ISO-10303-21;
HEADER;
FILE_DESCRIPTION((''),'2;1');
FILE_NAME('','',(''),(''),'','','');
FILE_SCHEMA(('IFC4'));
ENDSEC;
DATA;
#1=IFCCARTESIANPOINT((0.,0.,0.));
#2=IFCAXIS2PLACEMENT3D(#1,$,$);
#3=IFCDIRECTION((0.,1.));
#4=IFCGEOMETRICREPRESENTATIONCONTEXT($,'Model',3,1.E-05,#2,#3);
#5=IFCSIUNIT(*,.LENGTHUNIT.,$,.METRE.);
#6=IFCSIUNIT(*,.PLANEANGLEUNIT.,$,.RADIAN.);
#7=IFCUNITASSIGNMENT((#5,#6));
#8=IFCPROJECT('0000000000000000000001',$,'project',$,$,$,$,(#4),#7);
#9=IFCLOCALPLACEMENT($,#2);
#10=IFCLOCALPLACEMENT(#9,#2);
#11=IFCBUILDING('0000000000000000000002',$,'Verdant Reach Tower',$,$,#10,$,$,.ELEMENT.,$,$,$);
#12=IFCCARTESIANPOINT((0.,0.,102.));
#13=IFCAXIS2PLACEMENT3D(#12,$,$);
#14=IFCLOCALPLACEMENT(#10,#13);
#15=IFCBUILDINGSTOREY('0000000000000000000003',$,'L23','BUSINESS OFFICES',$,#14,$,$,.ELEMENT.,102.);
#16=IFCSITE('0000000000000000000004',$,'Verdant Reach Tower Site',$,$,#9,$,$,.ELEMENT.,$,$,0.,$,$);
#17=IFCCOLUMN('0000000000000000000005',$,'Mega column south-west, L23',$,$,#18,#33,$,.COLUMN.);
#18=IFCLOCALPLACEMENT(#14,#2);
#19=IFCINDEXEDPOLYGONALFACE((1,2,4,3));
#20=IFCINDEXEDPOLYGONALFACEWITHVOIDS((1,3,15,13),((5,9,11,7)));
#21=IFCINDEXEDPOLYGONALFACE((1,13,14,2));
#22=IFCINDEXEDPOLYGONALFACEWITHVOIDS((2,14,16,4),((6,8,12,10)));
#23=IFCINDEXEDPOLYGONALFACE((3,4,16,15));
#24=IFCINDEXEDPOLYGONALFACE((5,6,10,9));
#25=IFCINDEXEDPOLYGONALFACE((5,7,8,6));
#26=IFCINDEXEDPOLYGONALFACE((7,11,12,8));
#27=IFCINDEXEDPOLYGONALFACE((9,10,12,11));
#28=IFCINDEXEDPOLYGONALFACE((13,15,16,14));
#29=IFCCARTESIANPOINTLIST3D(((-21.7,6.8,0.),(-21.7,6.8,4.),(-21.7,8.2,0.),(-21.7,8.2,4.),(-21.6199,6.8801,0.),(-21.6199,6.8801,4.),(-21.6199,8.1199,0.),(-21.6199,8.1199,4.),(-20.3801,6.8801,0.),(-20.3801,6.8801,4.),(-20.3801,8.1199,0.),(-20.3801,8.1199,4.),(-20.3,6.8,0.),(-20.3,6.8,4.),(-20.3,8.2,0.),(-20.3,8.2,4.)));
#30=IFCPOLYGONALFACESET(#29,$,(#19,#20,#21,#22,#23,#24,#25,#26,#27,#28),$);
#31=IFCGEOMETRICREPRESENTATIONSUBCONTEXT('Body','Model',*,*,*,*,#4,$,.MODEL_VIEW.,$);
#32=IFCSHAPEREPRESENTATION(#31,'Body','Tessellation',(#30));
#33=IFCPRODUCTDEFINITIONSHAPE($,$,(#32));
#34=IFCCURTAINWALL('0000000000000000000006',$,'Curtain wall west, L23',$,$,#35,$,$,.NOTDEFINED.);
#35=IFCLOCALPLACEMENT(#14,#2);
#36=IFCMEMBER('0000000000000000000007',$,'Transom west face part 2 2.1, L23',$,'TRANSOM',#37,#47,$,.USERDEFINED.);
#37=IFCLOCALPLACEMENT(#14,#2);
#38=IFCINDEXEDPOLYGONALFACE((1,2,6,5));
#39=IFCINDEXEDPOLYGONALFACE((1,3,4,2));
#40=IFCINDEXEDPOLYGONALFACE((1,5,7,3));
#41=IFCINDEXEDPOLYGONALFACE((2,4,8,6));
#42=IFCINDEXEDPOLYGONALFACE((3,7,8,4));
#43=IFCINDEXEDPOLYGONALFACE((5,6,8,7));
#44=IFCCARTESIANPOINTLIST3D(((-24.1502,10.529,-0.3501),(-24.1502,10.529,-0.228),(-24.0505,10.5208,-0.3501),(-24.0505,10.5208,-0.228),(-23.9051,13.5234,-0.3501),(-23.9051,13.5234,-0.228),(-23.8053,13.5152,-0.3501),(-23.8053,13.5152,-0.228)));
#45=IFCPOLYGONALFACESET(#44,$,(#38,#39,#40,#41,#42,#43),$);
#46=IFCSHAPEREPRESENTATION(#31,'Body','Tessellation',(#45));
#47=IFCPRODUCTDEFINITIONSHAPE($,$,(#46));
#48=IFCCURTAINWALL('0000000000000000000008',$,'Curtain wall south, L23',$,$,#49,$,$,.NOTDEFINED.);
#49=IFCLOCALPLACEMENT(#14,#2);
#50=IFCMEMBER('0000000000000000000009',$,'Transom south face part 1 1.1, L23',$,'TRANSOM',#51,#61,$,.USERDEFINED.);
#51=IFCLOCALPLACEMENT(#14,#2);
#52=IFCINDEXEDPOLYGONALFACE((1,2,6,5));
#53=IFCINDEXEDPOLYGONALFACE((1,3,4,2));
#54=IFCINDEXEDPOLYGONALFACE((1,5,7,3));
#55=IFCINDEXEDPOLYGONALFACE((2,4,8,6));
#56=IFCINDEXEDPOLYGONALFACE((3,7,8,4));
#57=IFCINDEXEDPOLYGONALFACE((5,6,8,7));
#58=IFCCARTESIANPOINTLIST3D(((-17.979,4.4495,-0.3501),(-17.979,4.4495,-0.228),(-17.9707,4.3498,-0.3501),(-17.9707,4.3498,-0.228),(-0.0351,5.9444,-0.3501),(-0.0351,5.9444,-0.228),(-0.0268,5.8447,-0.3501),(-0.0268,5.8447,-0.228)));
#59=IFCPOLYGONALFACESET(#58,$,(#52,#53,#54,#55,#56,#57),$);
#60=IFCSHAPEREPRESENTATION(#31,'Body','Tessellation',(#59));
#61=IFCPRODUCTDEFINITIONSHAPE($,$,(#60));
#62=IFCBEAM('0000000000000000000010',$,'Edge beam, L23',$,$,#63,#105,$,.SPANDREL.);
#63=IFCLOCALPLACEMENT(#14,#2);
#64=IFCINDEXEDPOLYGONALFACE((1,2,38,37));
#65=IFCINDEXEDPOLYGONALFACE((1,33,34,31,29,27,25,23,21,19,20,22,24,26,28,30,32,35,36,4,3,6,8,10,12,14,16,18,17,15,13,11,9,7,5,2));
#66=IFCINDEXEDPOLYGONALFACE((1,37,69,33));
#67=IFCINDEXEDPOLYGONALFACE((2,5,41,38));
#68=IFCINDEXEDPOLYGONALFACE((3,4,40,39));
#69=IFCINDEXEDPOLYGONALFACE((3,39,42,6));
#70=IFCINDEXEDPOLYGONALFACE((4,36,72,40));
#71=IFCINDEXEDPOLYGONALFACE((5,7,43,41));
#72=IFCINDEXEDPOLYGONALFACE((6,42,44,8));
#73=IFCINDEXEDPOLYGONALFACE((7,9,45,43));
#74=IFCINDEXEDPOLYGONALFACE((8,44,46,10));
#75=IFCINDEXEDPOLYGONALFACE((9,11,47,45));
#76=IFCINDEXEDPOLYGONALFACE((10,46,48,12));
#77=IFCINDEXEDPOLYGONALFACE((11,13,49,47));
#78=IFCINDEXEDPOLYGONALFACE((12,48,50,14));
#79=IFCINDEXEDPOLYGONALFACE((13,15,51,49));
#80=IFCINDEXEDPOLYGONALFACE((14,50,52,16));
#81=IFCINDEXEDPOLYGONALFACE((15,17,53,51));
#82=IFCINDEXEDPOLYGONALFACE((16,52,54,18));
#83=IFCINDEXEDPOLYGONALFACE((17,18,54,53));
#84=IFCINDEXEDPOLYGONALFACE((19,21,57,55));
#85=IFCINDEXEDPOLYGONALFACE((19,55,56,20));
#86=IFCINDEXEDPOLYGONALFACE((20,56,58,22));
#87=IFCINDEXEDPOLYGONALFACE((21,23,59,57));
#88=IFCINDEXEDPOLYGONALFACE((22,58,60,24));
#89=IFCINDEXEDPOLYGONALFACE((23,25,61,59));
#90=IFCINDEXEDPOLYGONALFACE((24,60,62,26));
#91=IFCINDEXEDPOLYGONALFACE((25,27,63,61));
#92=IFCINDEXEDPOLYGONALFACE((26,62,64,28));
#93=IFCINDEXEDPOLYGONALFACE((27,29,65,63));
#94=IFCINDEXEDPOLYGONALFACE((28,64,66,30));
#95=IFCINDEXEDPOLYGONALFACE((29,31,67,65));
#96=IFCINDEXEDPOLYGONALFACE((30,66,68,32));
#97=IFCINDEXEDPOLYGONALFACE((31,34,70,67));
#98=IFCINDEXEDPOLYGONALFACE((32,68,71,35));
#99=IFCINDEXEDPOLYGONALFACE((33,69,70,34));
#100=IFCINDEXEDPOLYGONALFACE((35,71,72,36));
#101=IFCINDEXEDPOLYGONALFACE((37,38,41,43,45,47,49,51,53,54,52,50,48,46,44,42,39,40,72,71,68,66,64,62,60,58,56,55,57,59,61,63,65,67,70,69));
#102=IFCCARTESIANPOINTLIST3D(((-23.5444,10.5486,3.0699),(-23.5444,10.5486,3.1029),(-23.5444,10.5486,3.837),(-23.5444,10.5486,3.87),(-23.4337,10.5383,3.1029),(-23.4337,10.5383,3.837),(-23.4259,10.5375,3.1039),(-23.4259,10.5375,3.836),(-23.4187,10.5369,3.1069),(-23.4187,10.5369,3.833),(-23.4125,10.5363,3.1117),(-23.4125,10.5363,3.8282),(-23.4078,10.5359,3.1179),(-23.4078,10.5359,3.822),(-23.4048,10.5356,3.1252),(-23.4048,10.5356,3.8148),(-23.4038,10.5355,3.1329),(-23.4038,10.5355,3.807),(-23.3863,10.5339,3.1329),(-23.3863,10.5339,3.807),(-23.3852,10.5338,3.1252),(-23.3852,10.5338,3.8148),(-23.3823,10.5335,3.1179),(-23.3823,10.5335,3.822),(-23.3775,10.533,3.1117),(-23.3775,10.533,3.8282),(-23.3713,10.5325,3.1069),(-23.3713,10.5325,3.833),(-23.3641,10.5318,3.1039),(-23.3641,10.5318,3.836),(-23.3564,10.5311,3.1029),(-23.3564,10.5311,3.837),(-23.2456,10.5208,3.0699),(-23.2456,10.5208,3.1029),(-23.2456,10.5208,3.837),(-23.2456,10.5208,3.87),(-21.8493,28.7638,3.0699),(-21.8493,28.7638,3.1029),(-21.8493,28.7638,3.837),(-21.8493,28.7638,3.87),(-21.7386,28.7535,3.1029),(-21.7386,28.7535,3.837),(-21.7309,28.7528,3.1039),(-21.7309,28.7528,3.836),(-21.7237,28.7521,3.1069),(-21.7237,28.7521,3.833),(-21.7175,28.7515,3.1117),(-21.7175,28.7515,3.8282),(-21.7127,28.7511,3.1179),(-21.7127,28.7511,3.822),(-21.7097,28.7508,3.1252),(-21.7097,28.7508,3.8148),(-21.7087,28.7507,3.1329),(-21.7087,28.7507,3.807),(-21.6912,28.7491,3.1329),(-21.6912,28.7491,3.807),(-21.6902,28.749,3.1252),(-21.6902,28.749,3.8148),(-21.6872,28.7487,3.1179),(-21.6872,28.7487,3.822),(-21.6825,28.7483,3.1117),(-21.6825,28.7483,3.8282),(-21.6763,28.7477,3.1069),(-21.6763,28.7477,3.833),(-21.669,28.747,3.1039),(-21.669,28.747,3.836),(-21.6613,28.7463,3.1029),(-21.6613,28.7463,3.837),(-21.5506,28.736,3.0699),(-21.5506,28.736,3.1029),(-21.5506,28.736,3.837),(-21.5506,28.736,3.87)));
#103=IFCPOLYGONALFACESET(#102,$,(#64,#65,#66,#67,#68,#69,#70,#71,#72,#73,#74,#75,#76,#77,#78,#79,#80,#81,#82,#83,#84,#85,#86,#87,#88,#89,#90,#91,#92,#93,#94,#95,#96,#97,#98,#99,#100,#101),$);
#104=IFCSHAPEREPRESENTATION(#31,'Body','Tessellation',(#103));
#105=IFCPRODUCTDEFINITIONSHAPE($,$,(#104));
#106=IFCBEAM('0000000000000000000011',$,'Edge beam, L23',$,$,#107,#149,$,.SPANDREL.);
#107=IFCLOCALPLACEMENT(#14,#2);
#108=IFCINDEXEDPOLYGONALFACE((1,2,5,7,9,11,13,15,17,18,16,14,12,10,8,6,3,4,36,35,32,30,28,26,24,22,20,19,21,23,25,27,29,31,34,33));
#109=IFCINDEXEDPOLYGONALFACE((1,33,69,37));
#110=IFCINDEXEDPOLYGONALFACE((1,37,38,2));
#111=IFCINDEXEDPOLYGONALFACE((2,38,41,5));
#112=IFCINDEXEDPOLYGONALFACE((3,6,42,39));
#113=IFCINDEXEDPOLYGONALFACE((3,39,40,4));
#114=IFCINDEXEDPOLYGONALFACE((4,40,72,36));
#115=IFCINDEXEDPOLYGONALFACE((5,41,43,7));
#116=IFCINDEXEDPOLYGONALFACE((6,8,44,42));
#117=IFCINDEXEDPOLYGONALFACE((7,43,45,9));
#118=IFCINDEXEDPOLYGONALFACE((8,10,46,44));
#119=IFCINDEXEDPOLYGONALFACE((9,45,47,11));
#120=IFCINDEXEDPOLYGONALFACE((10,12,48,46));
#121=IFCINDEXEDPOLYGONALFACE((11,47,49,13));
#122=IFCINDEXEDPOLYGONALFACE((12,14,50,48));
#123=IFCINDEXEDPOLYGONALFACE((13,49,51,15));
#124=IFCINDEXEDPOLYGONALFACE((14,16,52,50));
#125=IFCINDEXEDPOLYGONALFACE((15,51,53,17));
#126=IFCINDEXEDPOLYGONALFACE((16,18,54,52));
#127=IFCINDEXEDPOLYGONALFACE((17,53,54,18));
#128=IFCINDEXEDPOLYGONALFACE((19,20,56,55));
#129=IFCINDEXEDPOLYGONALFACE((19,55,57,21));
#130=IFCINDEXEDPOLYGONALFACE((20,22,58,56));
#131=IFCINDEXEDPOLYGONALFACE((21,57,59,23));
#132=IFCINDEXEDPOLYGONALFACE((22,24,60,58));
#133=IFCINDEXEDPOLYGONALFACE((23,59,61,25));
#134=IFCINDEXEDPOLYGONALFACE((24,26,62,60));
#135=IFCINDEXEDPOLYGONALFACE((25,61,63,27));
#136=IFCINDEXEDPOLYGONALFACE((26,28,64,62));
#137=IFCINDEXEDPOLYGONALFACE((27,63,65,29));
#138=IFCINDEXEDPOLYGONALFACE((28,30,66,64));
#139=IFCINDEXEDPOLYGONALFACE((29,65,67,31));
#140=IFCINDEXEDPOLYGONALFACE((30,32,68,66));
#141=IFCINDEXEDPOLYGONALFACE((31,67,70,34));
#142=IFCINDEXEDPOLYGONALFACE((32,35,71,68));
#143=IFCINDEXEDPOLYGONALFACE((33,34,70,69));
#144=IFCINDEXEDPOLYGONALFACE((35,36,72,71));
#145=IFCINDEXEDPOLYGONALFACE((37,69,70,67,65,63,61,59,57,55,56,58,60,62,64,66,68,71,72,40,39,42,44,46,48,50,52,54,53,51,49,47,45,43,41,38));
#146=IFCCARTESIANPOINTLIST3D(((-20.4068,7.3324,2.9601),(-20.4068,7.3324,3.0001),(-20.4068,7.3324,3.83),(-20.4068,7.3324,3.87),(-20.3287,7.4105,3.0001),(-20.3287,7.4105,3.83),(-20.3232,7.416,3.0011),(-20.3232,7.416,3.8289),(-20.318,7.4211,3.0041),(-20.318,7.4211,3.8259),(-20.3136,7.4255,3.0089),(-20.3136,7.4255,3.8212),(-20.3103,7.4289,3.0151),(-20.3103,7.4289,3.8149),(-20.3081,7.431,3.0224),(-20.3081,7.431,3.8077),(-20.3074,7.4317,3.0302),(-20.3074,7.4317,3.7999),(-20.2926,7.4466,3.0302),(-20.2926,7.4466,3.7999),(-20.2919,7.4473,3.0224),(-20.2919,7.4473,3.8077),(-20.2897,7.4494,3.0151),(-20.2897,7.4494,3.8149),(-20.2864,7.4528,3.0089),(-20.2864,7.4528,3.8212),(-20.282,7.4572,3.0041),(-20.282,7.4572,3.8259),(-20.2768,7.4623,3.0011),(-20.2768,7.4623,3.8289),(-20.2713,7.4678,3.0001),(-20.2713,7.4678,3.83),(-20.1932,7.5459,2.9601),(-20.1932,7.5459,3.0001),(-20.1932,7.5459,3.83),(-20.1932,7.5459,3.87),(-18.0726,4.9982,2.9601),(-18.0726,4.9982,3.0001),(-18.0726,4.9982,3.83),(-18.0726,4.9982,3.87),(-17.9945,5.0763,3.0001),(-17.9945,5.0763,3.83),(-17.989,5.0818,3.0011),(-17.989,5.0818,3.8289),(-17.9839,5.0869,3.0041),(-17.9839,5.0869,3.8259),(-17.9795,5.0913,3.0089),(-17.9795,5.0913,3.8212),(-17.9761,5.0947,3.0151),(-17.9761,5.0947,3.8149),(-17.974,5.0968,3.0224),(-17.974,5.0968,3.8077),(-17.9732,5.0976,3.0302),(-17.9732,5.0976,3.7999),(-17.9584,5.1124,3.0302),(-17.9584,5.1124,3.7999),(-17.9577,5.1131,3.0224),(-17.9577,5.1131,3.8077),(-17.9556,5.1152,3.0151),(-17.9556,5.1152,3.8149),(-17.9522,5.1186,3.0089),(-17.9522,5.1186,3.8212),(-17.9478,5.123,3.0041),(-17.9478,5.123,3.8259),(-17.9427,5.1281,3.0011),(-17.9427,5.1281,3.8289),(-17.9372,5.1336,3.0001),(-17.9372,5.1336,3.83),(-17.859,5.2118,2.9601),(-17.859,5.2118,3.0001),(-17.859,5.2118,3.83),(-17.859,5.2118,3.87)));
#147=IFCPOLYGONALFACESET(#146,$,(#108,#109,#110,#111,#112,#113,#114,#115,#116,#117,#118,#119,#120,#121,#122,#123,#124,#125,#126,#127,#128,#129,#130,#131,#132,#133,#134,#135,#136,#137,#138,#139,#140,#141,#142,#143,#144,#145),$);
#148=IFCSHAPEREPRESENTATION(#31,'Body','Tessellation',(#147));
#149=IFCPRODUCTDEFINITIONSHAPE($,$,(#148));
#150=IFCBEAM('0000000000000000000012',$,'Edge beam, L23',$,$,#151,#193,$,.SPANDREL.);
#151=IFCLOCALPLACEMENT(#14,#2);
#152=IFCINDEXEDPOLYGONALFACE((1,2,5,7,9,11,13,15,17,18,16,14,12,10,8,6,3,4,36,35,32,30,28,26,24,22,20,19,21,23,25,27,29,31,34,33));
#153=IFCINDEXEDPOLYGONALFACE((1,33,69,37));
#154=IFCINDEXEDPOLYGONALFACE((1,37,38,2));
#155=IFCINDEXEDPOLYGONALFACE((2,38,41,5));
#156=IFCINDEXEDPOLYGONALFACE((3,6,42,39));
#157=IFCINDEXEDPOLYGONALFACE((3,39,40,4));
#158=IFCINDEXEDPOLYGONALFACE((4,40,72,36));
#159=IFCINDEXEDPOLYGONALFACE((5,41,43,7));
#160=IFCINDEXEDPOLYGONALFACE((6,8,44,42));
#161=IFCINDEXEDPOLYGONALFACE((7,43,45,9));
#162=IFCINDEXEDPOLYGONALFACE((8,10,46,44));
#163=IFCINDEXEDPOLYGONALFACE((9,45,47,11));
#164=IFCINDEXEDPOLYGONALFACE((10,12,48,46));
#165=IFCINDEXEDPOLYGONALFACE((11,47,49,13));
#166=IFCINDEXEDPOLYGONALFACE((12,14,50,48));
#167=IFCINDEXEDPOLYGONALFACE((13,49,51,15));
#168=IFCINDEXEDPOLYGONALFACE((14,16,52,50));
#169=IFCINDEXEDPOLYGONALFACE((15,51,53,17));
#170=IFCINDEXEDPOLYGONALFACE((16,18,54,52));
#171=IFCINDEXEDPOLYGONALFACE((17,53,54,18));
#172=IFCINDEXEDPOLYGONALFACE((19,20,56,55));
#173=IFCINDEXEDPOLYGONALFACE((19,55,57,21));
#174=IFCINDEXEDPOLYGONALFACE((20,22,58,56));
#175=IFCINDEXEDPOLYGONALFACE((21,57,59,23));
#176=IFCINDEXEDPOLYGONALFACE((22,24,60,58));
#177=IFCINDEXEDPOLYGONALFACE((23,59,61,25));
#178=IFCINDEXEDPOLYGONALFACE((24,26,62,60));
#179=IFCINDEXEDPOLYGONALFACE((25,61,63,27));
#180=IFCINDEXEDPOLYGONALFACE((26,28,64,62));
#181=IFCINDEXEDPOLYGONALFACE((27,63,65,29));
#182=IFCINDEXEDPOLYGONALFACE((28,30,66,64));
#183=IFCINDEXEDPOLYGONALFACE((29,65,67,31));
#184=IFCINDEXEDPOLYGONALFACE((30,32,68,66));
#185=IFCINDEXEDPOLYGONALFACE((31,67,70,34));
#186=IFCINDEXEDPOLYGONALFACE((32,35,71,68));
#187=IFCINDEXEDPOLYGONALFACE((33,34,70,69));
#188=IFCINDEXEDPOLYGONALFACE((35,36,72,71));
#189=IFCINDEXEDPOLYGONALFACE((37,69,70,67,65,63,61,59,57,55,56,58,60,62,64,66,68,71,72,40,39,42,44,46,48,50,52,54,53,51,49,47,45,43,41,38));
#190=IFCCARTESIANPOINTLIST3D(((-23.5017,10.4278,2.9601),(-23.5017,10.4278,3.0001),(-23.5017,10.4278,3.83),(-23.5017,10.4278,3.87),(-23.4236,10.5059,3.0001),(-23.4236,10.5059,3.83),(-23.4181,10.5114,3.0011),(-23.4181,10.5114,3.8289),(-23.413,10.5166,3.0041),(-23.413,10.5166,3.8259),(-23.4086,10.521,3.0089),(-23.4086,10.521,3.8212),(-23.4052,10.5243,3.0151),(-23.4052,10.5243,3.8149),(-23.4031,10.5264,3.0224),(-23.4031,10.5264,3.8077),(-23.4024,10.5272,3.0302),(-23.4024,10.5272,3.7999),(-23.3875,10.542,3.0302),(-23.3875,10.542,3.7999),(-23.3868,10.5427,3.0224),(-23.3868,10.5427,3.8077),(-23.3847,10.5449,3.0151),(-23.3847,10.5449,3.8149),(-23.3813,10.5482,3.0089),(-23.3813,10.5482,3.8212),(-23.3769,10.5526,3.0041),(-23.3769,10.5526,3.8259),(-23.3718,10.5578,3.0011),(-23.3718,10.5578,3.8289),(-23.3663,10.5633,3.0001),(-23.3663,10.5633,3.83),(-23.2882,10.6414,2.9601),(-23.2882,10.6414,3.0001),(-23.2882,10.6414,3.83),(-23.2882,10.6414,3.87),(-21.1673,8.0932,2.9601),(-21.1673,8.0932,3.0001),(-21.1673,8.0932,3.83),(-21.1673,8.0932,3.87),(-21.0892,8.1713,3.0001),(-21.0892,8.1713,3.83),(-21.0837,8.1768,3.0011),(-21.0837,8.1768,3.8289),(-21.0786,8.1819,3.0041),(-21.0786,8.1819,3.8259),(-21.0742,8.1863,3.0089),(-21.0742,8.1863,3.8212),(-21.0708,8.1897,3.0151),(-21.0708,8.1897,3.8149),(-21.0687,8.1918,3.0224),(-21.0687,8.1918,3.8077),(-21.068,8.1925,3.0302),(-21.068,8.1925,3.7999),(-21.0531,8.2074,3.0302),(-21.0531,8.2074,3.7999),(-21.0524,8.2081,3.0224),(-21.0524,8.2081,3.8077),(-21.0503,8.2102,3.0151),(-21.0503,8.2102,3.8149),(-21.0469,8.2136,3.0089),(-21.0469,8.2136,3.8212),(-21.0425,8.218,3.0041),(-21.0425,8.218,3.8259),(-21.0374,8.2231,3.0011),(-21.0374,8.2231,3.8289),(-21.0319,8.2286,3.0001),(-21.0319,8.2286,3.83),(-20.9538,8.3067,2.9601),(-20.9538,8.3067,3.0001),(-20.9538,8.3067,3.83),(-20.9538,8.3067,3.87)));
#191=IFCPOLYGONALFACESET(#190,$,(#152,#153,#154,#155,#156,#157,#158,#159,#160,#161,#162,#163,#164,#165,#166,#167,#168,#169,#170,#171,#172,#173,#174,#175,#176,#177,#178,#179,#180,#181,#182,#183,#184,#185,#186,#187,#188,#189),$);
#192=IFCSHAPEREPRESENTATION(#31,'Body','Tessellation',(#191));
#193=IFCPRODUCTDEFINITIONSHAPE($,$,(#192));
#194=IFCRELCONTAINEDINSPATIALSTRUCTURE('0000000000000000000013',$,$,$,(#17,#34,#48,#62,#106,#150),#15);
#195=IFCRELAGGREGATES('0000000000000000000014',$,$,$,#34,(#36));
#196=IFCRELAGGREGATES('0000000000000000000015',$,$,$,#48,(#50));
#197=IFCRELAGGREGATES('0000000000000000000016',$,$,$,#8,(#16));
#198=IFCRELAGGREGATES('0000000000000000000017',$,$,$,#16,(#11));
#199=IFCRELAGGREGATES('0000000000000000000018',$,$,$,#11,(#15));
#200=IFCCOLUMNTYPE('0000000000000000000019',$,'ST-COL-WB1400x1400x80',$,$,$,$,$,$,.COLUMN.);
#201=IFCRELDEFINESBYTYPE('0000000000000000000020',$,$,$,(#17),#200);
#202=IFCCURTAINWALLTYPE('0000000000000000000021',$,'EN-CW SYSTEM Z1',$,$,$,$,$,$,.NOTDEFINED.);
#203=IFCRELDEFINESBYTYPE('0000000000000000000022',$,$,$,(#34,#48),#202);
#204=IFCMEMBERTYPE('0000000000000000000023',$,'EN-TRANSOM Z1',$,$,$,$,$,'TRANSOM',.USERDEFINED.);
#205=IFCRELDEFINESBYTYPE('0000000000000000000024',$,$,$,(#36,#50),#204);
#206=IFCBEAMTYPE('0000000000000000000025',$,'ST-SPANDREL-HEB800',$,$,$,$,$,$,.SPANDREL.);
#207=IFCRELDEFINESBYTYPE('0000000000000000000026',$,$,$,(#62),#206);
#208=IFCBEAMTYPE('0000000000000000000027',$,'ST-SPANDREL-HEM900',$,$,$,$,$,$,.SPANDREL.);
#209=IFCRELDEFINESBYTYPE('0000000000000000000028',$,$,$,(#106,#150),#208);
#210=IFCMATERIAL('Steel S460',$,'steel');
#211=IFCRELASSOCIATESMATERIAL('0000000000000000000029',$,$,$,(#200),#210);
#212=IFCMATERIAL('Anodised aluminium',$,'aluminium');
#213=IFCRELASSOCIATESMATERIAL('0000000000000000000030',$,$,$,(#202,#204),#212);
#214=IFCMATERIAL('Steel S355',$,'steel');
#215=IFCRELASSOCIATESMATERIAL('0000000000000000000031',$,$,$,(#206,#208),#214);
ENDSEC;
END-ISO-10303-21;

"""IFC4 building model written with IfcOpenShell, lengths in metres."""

from ifc_helpers import new_model, si_unit, direction, frame, origin, origin_2d, place, context, subcontext, project, spatial, rectangle, hollow_rectangle, i_section, extrude, material, material_profile, profile_set, type_object, element, aggregate, save


model = new_model("IFC4")

# Units and contexts
model_context = context("Model", 3, precision=1e-05, world=origin(), true_north=direction((0.0, 1.0)))
body_context = subcontext(model_context, "Body", "Model", "MODEL_VIEW")
ifc_project = project(units=[si_unit("LENGTHUNIT", "METRE"), si_unit("PLANEANGLEUNIT", "RADIAN")], contexts=[model_context])

# Site, building, storey
site_placement = place(None, origin())
site = spatial("IfcSite", under=ifc_project, at=site_placement, Name="Verdant Reach Tower Site", CompositionType="ELEMENT", RefElevation=0.0)
building_placement = place(site_placement, origin())
building = spatial("IfcBuilding", under=site, at=building_placement, Name="Verdant Reach Tower", CompositionType="ELEMENT")
storey_placement = place(building_placement, frame((0.0, 0.0, 102.0)))
storey = spatial("IfcBuildingStorey", under=building, at=storey_placement, Name="L23", Description="BUSINESS OFFICES", CompositionType="ELEMENT", Elevation=102.0)

# Column
ifc_material_1 = material(Name="Steel S460", Category="steel")
ifc_material_profile_1 = material_profile(ifc_material_1, hollow_rectangle(XDim=1.3999, YDim=1.3999, WallThickness=0.0801, at=origin_2d()), Name="WB 1400x1400x80")
ifc_profile_set_1 = profile_set([ifc_material_profile_1], Name="Steel S460")
column_type = type_object("IfcColumnType", Name="ST-COL-WB1400x1400x80", PredefinedType="COLUMN", material=ifc_profile_set_1)
column_placement = place(storey_placement, frame((-21.0, 7.5, 0.0), z_axis=(0.0, 0.0, 1.0), x_axis=(1.0, 0.0, 0.0)))
element("IfcColumn", 1, at=column_placement, inside=storey, type_object=column_type, Name="Mega column south-west, L23", PredefinedType="COLUMN", context=body_context, shape_type="SweptSolid", body=[
    extrude(hollow_rectangle(XDim=1.3999, YDim=1.3999, WallThickness=0.0801, at=origin_2d()), origin(), (0.0, 0.0, 1.0), 4.0),
])

# Curtain walls, members
ifc_material_2 = material(Name="Anodised aluminium", Category="aluminium")
curtain_wall_type = type_object("IfcCurtainWallType", Name="EN-CW SYSTEM Z1", PredefinedType="NOTDEFINED", material=ifc_material_2)
curtain_wall_1_placement = place(storey_placement, origin())
curtain_wall_1 = element("IfcCurtainWall", 2, at=curtain_wall_1_placement, inside=storey, type_object=curtain_wall_type, Name="Curtain wall west, L23", PredefinedType="NOTDEFINED")
ifc_material_profile_2 = material_profile(ifc_material_2, rectangle(XDim=0.1001, YDim=0.1221, at=origin_2d()), Name="Transom 122x100")
ifc_profile_set_2 = profile_set([ifc_material_profile_2], Name="Anodised aluminium")
member_type = type_object("IfcMemberType", Name="EN-TRANSOM Z1", ElementType="TRANSOM", PredefinedType="USERDEFINED", material=ifc_profile_set_2)
member_1_placement = place(storey_placement, frame((-23.8552, 13.5193, -0.2891), z_axis=(-0.081586, -0.996666, 0.0), x_axis=(0.996666, -0.081586, 0.0)))
member_1 = element("IfcMember", 3, at=member_1_placement, type_object=member_type, Name="Transom west face part 2 2.1, L23", ObjectType="TRANSOM", PredefinedType="USERDEFINED", context=body_context, shape_type="SweptSolid", body=[
    extrude(rectangle(XDim=0.1001, YDim=0.1221, at=origin_2d()), origin(), (0.0, 0.0, 1.0), 3.0044),
])
curtain_wall_2_placement = place(storey_placement, origin())
curtain_wall_2 = element("IfcCurtainWall", 4, at=curtain_wall_2_placement, inside=storey, type_object=curtain_wall_type, Name="Curtain wall south, L23", PredefinedType="NOTDEFINED")
member_2_placement = place(storey_placement, frame((-17.9749, 4.3997, -0.2891), z_axis=(0.996548, 0.083021, 0.0), x_axis=(-0.083021, 0.996548, 0.0)))
member_2 = element("IfcMember", 5, at=member_2_placement, type_object=member_type, Name="Transom south face part 1 1.1, L23", ObjectType="TRANSOM", PredefinedType="USERDEFINED", context=body_context, shape_type="SweptSolid", body=[
    extrude(rectangle(XDim=0.1001, YDim=0.1221, at=origin_2d()), origin(), (0.0, 0.0, 1.0), 18.0061),
])

# Beams
ifc_material_3 = material(Name="Steel S355", Category="steel")
ifc_material_profile_3 = material_profile(ifc_material_3, i_section(OverallWidth=0.3, OverallDepth=0.8, WebThickness=0.0176, FlangeThickness=0.033, FilletRadius=0.03, at=origin_2d()), Name="HEB 800")
ifc_profile_set_3 = profile_set([ifc_material_profile_3], Name="Steel S355")
beam_type_1 = type_object("IfcBeamType", Name="ST-SPANDREL-HEB800", PredefinedType="SPANDREL", material=ifc_profile_set_3)
beam_1_placement = place(storey_placement, frame((-23.395, 10.5347, 3.47), z_axis=(0.092657, 0.995698, 0.0), x_axis=(-0.995698, 0.092657, 0.0)))
element("IfcBeam", 6, at=beam_1_placement, inside=storey, type_object=beam_type_1, Name="Edge beam, L23", PredefinedType="SPANDREL", context=body_context, shape_type="SweptSolid", body=[
    extrude(i_section(OverallWidth=0.3, OverallDepth=0.8, WebThickness=0.0176, FlangeThickness=0.033, FilletRadius=0.03, at=origin_2d()), origin(), (0.0, 0.0, 1.0), 18.2939),
])
ifc_material_profile_4 = material_profile(ifc_material_3, i_section(OverallWidth=0.302, OverallDepth=0.9099, WebThickness=0.021, FlangeThickness=0.04, FilletRadius=0.03, at=origin_2d()), Name="HEM 900")
ifc_profile_set_4 = profile_set([ifc_material_profile_4], Name="Steel S355")
beam_type_2 = type_object("IfcBeamType", Name="ST-SPANDREL-HEM900", PredefinedType="SPANDREL", material=ifc_profile_set_4)
beam_2_placement = place(storey_placement, frame((-17.9658, 5.105, 3.415), z_axis=(-0.707107, 0.707107, 0.0), x_axis=(-0.707107, -0.707107, 0.0)))
element("IfcBeam", 7, at=beam_2_placement, inside=storey, type_object=beam_type_2, Name="Edge beam, L23", PredefinedType="SPANDREL", context=body_context, shape_type="SweptSolid", body=[
    extrude(i_section(OverallWidth=0.302, OverallDepth=0.9099, WebThickness=0.021, FlangeThickness=0.04, FilletRadius=0.03, at=origin_2d()), origin(), (0.0, 0.0, 1.0), 3.301),
])
beam_3_placement = place(storey_placement, frame((-21.0605, 8.2, 3.415), z_axis=(-0.70707, 0.707144, 0.0), x_axis=(-0.707144, -0.70707, 0.0)))
element("IfcBeam", 8, at=beam_3_placement, inside=storey, type_object=beam_type_2, Name="Edge beam, L23", PredefinedType="SPANDREL", context=body_context, shape_type="SweptSolid", body=[
    extrude(i_section(OverallWidth=0.302, OverallDepth=0.9099, WebThickness=0.021, FlangeThickness=0.04, FilletRadius=0.03, at=origin_2d()), origin(), (0.0, 0.0, 1.0), 3.3015),
])

aggregate(curtain_wall_1, [member_1])
aggregate(curtain_wall_2, [member_2])

save(model, "model.ifc")
